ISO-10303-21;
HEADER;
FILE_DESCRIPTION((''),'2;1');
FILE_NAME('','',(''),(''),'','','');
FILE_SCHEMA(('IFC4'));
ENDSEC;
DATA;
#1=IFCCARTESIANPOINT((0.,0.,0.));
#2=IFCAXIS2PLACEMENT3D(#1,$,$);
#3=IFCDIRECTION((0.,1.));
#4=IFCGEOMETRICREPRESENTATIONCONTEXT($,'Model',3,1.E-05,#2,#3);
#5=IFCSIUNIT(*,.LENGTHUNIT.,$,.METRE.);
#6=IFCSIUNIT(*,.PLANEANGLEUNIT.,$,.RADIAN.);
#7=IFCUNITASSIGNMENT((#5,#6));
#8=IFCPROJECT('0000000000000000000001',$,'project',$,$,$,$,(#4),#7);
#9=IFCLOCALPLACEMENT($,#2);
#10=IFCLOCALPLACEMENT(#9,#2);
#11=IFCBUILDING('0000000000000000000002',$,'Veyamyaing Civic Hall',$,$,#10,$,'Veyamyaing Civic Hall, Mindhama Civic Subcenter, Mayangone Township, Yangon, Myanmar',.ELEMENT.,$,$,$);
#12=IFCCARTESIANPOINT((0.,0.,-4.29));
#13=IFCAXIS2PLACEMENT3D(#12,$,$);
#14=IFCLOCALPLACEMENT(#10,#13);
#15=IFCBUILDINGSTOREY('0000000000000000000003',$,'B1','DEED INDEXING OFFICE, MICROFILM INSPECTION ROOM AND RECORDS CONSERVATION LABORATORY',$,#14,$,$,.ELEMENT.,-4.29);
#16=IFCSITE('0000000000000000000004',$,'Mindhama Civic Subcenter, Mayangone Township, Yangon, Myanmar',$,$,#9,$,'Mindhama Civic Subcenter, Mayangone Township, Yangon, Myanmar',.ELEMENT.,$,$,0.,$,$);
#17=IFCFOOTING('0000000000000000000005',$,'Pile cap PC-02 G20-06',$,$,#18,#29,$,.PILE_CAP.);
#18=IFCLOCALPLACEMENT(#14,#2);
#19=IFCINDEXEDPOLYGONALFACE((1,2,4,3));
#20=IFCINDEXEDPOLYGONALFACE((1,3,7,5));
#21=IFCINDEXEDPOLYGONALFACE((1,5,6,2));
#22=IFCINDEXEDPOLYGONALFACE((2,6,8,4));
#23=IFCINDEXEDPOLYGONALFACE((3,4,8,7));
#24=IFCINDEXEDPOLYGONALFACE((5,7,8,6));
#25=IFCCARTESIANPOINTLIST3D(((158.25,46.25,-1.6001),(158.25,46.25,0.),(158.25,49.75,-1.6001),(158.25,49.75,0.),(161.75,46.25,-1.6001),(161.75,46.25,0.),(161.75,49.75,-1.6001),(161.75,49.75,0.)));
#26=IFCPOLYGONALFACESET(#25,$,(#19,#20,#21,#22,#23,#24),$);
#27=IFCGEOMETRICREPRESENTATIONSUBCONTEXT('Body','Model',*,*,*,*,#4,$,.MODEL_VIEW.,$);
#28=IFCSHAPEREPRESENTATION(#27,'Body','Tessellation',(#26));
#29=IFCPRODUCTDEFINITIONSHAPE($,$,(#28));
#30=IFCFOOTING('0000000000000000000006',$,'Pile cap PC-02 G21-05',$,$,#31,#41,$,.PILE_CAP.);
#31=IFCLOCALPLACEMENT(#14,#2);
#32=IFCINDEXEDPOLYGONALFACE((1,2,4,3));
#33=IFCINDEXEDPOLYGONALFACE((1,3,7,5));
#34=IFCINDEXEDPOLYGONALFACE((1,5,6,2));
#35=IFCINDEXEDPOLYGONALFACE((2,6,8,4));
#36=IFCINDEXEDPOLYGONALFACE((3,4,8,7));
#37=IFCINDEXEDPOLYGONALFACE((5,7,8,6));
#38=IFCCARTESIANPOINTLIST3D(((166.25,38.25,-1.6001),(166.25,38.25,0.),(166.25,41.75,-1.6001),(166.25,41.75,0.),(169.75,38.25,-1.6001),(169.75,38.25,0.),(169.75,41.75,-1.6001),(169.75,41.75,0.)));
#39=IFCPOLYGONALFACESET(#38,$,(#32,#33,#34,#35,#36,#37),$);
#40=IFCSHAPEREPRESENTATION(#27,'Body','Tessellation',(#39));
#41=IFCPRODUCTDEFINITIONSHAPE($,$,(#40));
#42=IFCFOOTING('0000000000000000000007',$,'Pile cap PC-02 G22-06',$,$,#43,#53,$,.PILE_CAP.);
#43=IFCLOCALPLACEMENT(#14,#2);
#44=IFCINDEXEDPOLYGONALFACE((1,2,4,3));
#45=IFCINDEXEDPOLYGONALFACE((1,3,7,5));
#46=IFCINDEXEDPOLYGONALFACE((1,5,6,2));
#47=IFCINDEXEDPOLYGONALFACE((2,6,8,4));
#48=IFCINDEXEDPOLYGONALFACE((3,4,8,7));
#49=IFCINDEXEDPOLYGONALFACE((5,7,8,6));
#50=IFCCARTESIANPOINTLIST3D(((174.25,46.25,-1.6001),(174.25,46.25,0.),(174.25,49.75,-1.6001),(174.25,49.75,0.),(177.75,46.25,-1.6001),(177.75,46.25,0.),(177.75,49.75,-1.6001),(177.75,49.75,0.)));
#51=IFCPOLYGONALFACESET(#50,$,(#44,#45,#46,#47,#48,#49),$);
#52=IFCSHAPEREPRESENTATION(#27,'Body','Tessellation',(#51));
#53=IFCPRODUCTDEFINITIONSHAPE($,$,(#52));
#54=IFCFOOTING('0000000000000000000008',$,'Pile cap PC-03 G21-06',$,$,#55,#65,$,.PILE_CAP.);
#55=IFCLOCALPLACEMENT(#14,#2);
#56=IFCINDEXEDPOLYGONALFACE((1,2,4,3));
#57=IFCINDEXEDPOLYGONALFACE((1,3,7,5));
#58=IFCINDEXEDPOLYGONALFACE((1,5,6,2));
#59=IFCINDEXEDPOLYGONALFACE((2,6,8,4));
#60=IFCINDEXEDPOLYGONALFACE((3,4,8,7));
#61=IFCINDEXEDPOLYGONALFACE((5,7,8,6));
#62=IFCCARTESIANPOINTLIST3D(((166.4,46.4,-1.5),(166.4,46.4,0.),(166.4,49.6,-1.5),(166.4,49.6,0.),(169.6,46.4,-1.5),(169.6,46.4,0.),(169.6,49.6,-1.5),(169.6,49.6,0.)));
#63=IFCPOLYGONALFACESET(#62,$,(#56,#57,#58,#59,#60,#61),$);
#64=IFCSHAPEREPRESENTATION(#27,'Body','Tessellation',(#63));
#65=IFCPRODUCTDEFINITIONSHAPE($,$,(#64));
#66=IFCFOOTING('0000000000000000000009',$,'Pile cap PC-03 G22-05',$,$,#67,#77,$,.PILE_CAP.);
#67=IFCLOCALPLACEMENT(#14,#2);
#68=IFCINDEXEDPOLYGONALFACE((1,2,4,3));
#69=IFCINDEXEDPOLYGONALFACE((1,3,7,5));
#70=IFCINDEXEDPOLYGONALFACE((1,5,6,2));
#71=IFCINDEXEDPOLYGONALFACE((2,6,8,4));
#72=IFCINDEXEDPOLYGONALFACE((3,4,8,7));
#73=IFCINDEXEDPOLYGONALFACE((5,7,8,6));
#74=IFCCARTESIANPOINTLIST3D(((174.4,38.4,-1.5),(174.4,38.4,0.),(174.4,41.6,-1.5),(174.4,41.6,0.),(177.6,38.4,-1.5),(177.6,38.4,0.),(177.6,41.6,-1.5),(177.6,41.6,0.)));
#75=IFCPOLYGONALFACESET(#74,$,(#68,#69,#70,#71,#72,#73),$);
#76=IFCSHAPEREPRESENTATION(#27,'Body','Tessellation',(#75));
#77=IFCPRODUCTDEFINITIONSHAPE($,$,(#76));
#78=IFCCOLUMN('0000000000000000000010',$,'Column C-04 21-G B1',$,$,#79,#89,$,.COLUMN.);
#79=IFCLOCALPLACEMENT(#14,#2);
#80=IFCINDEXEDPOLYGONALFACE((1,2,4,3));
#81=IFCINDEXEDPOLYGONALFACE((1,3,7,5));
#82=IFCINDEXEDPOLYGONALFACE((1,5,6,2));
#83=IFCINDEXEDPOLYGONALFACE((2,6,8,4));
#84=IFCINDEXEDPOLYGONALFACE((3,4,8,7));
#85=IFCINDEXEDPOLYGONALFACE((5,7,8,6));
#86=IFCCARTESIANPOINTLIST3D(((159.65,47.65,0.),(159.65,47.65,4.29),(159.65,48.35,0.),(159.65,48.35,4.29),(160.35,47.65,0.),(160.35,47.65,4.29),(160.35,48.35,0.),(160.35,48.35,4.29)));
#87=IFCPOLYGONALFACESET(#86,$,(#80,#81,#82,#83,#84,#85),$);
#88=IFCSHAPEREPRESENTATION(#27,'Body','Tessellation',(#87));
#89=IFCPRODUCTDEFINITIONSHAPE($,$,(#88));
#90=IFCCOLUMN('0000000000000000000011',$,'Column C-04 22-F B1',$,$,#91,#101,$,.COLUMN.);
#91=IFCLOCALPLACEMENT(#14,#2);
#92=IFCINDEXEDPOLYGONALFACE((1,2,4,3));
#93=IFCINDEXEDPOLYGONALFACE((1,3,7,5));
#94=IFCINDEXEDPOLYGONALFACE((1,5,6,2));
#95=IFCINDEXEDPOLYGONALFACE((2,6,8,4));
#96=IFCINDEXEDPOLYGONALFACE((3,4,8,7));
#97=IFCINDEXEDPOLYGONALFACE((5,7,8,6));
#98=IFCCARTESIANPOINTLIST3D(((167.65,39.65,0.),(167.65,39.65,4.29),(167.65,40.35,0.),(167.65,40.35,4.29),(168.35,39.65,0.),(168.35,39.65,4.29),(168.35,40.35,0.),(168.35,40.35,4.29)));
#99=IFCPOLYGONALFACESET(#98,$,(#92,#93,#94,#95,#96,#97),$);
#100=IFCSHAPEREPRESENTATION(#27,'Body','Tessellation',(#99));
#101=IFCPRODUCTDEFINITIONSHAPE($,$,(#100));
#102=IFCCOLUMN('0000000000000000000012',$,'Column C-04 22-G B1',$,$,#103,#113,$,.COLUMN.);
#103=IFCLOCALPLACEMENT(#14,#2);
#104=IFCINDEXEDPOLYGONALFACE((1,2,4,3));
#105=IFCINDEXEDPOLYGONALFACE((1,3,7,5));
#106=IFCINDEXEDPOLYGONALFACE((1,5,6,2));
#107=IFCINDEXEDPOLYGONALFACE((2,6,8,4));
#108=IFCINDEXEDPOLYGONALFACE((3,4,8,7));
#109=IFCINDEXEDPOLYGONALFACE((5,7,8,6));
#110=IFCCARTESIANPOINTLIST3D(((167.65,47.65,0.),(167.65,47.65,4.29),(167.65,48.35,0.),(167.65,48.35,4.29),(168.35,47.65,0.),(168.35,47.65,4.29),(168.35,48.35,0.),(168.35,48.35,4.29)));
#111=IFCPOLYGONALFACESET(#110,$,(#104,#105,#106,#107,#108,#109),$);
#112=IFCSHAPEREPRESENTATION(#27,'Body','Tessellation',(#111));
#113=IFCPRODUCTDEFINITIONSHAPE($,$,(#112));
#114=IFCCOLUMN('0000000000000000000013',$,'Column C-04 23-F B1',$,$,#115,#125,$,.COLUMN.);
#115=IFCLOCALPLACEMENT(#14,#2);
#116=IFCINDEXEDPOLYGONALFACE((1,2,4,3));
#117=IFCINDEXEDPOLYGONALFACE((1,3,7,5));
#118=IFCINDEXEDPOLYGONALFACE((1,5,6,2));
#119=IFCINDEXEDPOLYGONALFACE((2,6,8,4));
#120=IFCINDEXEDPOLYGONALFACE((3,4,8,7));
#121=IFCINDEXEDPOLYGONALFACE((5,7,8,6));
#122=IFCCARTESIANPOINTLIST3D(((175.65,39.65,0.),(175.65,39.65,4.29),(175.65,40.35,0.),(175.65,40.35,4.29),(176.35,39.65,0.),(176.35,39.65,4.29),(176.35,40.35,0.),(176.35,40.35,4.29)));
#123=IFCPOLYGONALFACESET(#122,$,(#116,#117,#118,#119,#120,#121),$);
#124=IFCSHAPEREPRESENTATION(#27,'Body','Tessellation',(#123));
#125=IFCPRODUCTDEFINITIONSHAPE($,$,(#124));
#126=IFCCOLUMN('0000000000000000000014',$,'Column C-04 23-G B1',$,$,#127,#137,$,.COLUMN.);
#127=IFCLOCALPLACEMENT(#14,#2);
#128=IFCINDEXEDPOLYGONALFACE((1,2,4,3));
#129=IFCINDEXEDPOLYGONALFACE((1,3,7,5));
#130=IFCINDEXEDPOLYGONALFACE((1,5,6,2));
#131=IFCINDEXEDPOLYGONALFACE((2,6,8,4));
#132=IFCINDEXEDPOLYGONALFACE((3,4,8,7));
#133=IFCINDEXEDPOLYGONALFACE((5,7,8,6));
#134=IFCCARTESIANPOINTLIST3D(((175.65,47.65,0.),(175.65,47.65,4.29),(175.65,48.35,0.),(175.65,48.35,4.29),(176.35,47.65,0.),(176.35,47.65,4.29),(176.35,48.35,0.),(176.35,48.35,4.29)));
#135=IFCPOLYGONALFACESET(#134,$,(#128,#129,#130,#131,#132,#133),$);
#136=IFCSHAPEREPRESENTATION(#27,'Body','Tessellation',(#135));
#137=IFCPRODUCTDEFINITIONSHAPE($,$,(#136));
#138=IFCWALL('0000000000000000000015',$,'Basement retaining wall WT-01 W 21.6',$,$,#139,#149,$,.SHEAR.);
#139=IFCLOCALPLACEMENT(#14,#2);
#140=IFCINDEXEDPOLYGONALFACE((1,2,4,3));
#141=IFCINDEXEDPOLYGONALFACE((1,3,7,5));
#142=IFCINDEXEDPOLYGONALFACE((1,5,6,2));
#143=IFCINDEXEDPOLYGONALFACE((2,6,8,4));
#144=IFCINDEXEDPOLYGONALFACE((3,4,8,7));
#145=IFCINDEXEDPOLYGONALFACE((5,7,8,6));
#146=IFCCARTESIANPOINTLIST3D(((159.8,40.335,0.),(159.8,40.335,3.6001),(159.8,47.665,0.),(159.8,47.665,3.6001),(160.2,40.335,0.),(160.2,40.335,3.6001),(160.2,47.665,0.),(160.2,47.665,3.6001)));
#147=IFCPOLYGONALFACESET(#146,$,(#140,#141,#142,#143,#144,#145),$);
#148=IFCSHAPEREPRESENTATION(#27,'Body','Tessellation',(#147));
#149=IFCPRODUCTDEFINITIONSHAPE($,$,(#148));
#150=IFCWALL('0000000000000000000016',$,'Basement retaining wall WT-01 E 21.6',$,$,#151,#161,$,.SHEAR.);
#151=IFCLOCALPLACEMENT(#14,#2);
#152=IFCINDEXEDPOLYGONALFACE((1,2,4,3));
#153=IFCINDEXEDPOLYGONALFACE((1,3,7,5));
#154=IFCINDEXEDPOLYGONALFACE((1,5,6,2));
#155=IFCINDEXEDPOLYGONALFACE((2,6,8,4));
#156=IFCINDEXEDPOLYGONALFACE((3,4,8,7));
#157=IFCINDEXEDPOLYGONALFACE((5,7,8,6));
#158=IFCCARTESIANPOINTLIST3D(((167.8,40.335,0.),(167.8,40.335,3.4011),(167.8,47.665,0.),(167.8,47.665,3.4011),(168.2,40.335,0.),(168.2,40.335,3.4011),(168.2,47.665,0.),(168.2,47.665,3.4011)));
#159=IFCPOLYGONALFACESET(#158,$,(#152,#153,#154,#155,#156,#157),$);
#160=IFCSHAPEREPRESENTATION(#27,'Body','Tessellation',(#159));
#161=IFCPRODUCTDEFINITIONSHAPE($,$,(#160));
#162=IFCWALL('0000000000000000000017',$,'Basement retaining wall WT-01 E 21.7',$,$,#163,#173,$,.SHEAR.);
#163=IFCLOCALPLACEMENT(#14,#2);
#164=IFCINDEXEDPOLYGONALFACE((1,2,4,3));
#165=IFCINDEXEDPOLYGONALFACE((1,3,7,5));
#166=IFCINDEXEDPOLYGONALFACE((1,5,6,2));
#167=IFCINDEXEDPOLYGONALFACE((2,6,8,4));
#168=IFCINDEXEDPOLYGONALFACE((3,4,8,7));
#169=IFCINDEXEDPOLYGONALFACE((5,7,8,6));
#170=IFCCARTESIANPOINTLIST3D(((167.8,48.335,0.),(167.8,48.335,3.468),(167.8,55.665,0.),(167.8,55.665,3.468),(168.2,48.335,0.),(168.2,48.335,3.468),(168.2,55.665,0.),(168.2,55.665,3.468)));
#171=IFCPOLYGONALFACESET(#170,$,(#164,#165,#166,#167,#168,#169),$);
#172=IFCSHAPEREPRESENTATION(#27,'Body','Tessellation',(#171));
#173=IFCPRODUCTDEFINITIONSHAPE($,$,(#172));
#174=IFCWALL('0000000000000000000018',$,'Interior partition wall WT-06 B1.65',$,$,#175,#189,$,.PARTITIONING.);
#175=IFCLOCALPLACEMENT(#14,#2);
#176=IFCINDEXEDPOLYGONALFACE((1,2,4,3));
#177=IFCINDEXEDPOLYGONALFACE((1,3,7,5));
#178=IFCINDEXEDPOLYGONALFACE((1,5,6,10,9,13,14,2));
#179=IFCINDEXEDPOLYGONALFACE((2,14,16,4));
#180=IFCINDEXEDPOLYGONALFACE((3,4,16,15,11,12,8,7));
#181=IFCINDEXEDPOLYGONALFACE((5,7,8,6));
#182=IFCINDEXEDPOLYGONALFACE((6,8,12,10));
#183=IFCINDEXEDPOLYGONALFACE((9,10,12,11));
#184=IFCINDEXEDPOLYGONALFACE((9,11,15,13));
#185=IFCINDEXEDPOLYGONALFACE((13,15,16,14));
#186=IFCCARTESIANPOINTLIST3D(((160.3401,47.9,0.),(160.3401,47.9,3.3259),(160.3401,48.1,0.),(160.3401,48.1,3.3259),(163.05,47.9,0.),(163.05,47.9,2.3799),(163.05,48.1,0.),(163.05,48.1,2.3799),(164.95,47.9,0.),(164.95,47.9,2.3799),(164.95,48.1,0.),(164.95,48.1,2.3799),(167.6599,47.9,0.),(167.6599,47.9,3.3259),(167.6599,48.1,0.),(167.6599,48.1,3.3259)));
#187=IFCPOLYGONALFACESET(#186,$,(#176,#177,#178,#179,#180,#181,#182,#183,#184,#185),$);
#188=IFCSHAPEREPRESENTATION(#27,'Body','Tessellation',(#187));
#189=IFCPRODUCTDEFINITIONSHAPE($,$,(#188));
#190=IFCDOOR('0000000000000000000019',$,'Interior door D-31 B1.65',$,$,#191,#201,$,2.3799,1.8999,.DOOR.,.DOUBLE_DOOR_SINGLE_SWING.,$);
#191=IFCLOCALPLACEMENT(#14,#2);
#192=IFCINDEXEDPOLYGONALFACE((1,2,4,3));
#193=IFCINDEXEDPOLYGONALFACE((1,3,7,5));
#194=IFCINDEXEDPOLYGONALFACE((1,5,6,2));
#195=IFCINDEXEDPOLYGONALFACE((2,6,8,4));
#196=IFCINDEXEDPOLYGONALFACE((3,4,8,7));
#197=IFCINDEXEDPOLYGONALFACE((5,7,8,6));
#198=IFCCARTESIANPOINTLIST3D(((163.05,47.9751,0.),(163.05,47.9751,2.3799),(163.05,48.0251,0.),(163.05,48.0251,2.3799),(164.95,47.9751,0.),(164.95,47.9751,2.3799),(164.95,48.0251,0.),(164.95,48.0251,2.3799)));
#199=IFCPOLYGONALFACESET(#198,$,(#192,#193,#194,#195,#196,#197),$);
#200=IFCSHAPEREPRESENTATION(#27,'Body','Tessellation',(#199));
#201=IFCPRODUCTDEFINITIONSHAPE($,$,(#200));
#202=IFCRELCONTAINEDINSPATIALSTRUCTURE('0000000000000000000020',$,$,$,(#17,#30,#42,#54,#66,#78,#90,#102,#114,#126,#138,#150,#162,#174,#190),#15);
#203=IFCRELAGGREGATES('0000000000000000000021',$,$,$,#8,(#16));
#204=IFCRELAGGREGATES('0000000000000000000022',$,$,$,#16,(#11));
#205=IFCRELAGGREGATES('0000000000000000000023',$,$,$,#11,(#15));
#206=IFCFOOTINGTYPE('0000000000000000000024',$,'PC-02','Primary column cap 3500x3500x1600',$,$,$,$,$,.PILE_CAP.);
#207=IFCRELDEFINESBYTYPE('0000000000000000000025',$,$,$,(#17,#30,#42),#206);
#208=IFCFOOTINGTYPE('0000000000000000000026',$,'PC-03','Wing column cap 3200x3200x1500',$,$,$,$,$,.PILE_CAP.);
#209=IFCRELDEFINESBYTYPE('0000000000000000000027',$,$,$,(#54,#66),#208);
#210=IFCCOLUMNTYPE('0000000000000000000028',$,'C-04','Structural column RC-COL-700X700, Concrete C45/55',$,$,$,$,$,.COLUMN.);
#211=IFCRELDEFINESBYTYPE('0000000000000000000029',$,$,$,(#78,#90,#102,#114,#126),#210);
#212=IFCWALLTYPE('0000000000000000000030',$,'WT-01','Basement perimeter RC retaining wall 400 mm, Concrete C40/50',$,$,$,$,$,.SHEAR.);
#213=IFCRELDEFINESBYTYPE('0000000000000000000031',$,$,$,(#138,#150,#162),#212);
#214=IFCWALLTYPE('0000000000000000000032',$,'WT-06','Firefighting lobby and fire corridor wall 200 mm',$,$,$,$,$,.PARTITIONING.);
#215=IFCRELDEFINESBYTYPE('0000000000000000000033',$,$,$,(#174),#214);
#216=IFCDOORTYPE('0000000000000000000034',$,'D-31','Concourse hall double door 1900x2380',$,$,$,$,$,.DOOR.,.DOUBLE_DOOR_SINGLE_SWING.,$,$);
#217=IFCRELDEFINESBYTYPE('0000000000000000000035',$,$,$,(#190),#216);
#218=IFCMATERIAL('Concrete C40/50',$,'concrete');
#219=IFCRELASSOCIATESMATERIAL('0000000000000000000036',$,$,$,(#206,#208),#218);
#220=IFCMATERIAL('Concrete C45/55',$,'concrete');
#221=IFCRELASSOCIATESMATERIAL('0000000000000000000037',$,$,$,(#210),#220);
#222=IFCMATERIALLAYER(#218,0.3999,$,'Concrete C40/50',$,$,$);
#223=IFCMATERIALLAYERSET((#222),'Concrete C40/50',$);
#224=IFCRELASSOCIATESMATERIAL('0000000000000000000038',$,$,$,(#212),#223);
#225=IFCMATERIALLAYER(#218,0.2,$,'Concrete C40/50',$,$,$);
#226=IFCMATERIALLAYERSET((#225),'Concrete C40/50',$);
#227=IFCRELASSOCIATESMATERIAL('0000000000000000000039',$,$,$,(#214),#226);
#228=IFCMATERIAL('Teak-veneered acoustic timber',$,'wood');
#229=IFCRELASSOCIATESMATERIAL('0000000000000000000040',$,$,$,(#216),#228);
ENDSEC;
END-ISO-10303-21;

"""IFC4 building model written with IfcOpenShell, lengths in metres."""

from ifc_helpers import new_model, si_unit, direction, frame, frame_2d, origin, origin_2d, place, context, subcontext, project, spatial, rectangle, extrude, material, layer, layer_set, material_profile, profile_set, type_object, element, fill, save


model = new_model("IFC4")

# Units and contexts
model_context = context("Model", 3, precision=1e-05, world=origin(), true_north=direction((0.0, 1.0)))
body_context = subcontext(model_context, "Body", "Model", "MODEL_VIEW")
ifc_project = project(units=[si_unit("LENGTHUNIT", "METRE"), si_unit("PLANEANGLEUNIT", "RADIAN")], contexts=[model_context])

# Site, building, storey
site_placement = place(None, origin())
site = spatial("IfcSite", under=ifc_project, at=site_placement, Name="Mindhama Civic Subcenter, Mayangone Township, Yangon, Myanmar", LongName="Mindhama Civic Subcenter, Mayangone Township, Yangon, Myanmar", CompositionType="ELEMENT", RefElevation=0.0)
building_placement = place(site_placement, origin())
building = spatial("IfcBuilding", under=site, at=building_placement, Name="Veyamyaing Civic Hall", LongName="Veyamyaing Civic Hall, Mindhama Civic Subcenter, Mayangone Township, Yangon, Myanmar", CompositionType="ELEMENT")
storey_placement = place(building_placement, frame((0.0, 0.0, -4.29)))
storey = spatial("IfcBuildingStorey", under=building, at=storey_placement, Name="B1", Description="DEED INDEXING OFFICE, MICROFILM INSPECTION ROOM AND RECORDS CONSERVATION LABORATORY", CompositionType="ELEMENT", Elevation=-4.29)

# Shared definitions
ifc_material_1 = material(Name="Concrete C40/50", Category="concrete")

# Footings
footing_type_1 = type_object("IfcFootingType", Name="PC-02", Description="Primary column cap 3500x3500x1600", PredefinedType="PILE_CAP", material=ifc_material_1)
for number, where, z_axis, x_axis, name in (
    (1, (160.0, 48.0, -1.6001), (0.0, 0.0, 1.0), (1.0, 0.0, 0.0), "Pile cap PC-02 G20-06"),
    (2, (168.0, 40.0, -1.6001), (0.0, 0.0, 1.0), (1.0, 0.0, 0.0), "Pile cap PC-02 G21-05"),
    (3, (176.0, 48.0, -1.6001), (0.0, 0.0, 1.0), (1.0, 0.0, 0.0), "Pile cap PC-02 G22-06"),
):
    element("IfcFooting", number, at=place(storey_placement, frame(where, z_axis=z_axis, x_axis=x_axis)), inside=storey, type_object=footing_type_1, Name=name, PredefinedType="PILE_CAP", context=body_context, shape_type="SweptSolid", body=[
        extrude(rectangle(XDim=3.5, YDim=3.5, at=origin_2d()), origin(), (0.0, 0.0, 1.0), 1.6001),
    ])
footing_type_2 = type_object("IfcFootingType", Name="PC-03", Description="Wing column cap 3200x3200x1500", PredefinedType="PILE_CAP", material=ifc_material_1)
for number, where, z_axis, x_axis, name in (
    (4, (168.0, 48.0, -1.5), (0.0, 0.0, 1.0), (1.0, 0.0, 0.0), "Pile cap PC-03 G21-06"),
    (5, (176.0, 40.0, -1.5), (0.0, 0.0, 1.0), (1.0, 0.0, 0.0), "Pile cap PC-03 G22-05"),
):
    element("IfcFooting", number, at=place(storey_placement, frame(where, z_axis=z_axis, x_axis=x_axis)), inside=storey, type_object=footing_type_2, Name=name, PredefinedType="PILE_CAP", context=body_context, shape_type="SweptSolid", body=[
        extrude(rectangle(XDim=3.2, YDim=3.2, at=origin_2d()), origin(), (0.0, 0.0, 1.0), 1.5),
    ])

# Columns
ifc_material_2 = material(Name="Concrete C45/55", Category="concrete")
ifc_material_profile_1 = material_profile(ifc_material_2, rectangle(XDim=0.7, YDim=0.7, at=origin_2d()), Name="RC-COL-700X700")
ifc_profile_set_1 = profile_set([ifc_material_profile_1], Name="Concrete C45/55")
column_type = type_object("IfcColumnType", Name="C-04", Description="Structural column RC-COL-700X700, Concrete C45/55", PredefinedType="COLUMN", material=ifc_profile_set_1)
for number, where, z_axis, x_axis, name in (
    (6, (160.0, 48.0, 0.0), (0.0, 0.0, 1.0), (1.0, 0.0, 0.0), "Column C-04 21-G B1"),
    (7, (168.0, 40.0, 0.0), (0.0, 0.0, 1.0), (1.0, 0.0, 0.0), "Column C-04 22-F B1"),
    (8, (168.0, 48.0, 0.0), (0.0, 0.0, 1.0), (1.0, 0.0, 0.0), "Column C-04 22-G B1"),
    (9, (176.0, 40.0, 0.0), (0.0, 0.0, 1.0), (1.0, 0.0, 0.0), "Column C-04 23-F B1"),
    (10, (176.0, 48.0, 0.0), (0.0, 0.0, 1.0), (1.0, 0.0, 0.0), "Column C-04 23-G B1"),
):
    element("IfcColumn", number, at=place(storey_placement, frame(where, z_axis=z_axis, x_axis=x_axis)), inside=storey, type_object=column_type, Name=name, PredefinedType="COLUMN", context=body_context, shape_type="SweptSolid", body=[
        extrude(rectangle(XDim=0.7, YDim=0.7, at=origin_2d()), origin(), (0.0, 0.0, 1.0), 4.29),
    ])

# Walls
ifc_layer_1 = layer(ifc_material_1, 0.3999, Name="Concrete C40/50")
ifc_layer_set_1 = layer_set([ifc_layer_1], Name="Concrete C40/50")
wall_type_1 = type_object("IfcWallType", Name="WT-01", Description="Basement perimeter RC retaining wall 400 mm, Concrete C40/50", PredefinedType="SHEAR", material=ifc_layer_set_1)
wall_1_placement = place(storey_placement, frame((160.0, 40.335, 0.0), z_axis=(0.0, 0.0, 1.0), x_axis=(0.0, 1.0, 0.0)))
element("IfcWall", 11, at=wall_1_placement, inside=storey, type_object=wall_type_1, Name="Basement retaining wall WT-01 W 21.6", PredefinedType="SHEAR", context=body_context, shape_type="SweptSolid", body=[
    extrude(rectangle(XDim=7.3301, YDim=0.3999, at=frame_2d((3.665, 0.0))), origin(), (0.0, 0.0, 1.0), 3.6001),
])
wall_2_placement = place(storey_placement, frame((168.0, 40.335, 0.0), z_axis=(0.0, 0.0, 1.0), x_axis=(0.0, 1.0, 0.0)))
element("IfcWall", 12, at=wall_2_placement, inside=storey, type_object=wall_type_1, Name="Basement retaining wall WT-01 E 21.6", PredefinedType="SHEAR", context=body_context, shape_type="SweptSolid", body=[
    extrude(rectangle(XDim=7.3301, YDim=0.3999, at=frame_2d((3.665, 0.0))), origin(), (0.0, 0.0, 1.0), 3.4011),
])
wall_3_placement = place(storey_placement, frame((168.0, 48.335, 0.0), z_axis=(0.0, 0.0, 1.0), x_axis=(0.0, 1.0, 0.0)))
element("IfcWall", 13, at=wall_3_placement, inside=storey, type_object=wall_type_1, Name="Basement retaining wall WT-01 E 21.7", PredefinedType="SHEAR", context=body_context, shape_type="SweptSolid", body=[
    extrude(rectangle(XDim=7.3301, YDim=0.3999, at=frame_2d((3.665, 0.0))), origin(), (0.0, 0.0, 1.0), 3.468),
])

# Wall, opening, door
ifc_layer_2 = layer(ifc_material_1, 0.2, Name="Concrete C40/50")
ifc_layer_set_2 = layer_set([ifc_layer_2], Name="Concrete C40/50")
wall_type_2 = type_object("IfcWallType", Name="WT-06", Description="Firefighting lobby and fire corridor wall 200 mm", PredefinedType="PARTITIONING", material=ifc_layer_set_2)
wall_4_placement = place(storey_placement, frame((160.3401, 48.0, 0.0), z_axis=(0.0, 0.0, 1.0), x_axis=(1.0, 0.0, 0.0)))
wall_4 = element("IfcWall", 14, at=wall_4_placement, inside=storey, type_object=wall_type_2, Name="Interior partition wall WT-06 B1.65", PredefinedType="PARTITIONING", context=body_context, shape_type="SweptSolid", body=[
    extrude(rectangle(XDim=7.3198, YDim=0.2, at=frame_2d((3.6599, 0.0))), origin(), (0.0, 0.0, 1.0), 3.3259),
])
opening_1_placement = place(wall_4_placement, frame((2.71, 0.0, 0.0)))
opening_1 = element("IfcOpeningElement", 15, at=opening_1_placement, cuts=wall_4, PredefinedType="OPENING", context=body_context, shape_type="SweptSolid", body=[
    extrude(rectangle(XDim=1.8999, YDim=2.3799, at=frame_2d((0.95, 1.1899))), frame((0.0, 0.1099, 0.0), z_axis=(0.0, -1.0, 0.0), x_axis=(1.0, 0.0, 0.0)), (0.0, 0.0, 1.0), 0.22),
])
ifc_material_3 = material(Name="Teak-veneered acoustic timber", Category="wood")
door_type_1 = type_object("IfcDoorType", Name="D-31", Description="Concourse hall double door 1900x2380", OperationType="DOUBLE_DOOR_SINGLE_SWING", PredefinedType="DOOR", material=ifc_material_3)
door_1_placement = place(opening_1_placement, frame((1.8999, 0.0, 0.0), z_axis=(0.0, 0.0, 1.0), x_axis=(-1.0, 0.0, 0.0)))
door_1 = element("IfcDoor", 16, at=door_1_placement, inside=storey, type_object=door_type_1, Name="Interior door D-31 B1.65", OperationType="DOUBLE_DOOR_SINGLE_SWING", OverallHeight=2.3799, OverallWidth=1.8999, PredefinedType="DOOR", context=body_context, shape_type="SweptSolid", body=[
    extrude(rectangle(XDim=1.8999, YDim=2.3799, at=frame_2d((0.95, 1.1899))), frame((0.0, 0.0249, 0.0), z_axis=(0.0, -1.0, 0.0), x_axis=(1.0, 0.0, 0.0)), (0.0, 0.0, 1.0), 0.05),
])
fill(opening_1, door_1)

save(model, "model.ifc")
